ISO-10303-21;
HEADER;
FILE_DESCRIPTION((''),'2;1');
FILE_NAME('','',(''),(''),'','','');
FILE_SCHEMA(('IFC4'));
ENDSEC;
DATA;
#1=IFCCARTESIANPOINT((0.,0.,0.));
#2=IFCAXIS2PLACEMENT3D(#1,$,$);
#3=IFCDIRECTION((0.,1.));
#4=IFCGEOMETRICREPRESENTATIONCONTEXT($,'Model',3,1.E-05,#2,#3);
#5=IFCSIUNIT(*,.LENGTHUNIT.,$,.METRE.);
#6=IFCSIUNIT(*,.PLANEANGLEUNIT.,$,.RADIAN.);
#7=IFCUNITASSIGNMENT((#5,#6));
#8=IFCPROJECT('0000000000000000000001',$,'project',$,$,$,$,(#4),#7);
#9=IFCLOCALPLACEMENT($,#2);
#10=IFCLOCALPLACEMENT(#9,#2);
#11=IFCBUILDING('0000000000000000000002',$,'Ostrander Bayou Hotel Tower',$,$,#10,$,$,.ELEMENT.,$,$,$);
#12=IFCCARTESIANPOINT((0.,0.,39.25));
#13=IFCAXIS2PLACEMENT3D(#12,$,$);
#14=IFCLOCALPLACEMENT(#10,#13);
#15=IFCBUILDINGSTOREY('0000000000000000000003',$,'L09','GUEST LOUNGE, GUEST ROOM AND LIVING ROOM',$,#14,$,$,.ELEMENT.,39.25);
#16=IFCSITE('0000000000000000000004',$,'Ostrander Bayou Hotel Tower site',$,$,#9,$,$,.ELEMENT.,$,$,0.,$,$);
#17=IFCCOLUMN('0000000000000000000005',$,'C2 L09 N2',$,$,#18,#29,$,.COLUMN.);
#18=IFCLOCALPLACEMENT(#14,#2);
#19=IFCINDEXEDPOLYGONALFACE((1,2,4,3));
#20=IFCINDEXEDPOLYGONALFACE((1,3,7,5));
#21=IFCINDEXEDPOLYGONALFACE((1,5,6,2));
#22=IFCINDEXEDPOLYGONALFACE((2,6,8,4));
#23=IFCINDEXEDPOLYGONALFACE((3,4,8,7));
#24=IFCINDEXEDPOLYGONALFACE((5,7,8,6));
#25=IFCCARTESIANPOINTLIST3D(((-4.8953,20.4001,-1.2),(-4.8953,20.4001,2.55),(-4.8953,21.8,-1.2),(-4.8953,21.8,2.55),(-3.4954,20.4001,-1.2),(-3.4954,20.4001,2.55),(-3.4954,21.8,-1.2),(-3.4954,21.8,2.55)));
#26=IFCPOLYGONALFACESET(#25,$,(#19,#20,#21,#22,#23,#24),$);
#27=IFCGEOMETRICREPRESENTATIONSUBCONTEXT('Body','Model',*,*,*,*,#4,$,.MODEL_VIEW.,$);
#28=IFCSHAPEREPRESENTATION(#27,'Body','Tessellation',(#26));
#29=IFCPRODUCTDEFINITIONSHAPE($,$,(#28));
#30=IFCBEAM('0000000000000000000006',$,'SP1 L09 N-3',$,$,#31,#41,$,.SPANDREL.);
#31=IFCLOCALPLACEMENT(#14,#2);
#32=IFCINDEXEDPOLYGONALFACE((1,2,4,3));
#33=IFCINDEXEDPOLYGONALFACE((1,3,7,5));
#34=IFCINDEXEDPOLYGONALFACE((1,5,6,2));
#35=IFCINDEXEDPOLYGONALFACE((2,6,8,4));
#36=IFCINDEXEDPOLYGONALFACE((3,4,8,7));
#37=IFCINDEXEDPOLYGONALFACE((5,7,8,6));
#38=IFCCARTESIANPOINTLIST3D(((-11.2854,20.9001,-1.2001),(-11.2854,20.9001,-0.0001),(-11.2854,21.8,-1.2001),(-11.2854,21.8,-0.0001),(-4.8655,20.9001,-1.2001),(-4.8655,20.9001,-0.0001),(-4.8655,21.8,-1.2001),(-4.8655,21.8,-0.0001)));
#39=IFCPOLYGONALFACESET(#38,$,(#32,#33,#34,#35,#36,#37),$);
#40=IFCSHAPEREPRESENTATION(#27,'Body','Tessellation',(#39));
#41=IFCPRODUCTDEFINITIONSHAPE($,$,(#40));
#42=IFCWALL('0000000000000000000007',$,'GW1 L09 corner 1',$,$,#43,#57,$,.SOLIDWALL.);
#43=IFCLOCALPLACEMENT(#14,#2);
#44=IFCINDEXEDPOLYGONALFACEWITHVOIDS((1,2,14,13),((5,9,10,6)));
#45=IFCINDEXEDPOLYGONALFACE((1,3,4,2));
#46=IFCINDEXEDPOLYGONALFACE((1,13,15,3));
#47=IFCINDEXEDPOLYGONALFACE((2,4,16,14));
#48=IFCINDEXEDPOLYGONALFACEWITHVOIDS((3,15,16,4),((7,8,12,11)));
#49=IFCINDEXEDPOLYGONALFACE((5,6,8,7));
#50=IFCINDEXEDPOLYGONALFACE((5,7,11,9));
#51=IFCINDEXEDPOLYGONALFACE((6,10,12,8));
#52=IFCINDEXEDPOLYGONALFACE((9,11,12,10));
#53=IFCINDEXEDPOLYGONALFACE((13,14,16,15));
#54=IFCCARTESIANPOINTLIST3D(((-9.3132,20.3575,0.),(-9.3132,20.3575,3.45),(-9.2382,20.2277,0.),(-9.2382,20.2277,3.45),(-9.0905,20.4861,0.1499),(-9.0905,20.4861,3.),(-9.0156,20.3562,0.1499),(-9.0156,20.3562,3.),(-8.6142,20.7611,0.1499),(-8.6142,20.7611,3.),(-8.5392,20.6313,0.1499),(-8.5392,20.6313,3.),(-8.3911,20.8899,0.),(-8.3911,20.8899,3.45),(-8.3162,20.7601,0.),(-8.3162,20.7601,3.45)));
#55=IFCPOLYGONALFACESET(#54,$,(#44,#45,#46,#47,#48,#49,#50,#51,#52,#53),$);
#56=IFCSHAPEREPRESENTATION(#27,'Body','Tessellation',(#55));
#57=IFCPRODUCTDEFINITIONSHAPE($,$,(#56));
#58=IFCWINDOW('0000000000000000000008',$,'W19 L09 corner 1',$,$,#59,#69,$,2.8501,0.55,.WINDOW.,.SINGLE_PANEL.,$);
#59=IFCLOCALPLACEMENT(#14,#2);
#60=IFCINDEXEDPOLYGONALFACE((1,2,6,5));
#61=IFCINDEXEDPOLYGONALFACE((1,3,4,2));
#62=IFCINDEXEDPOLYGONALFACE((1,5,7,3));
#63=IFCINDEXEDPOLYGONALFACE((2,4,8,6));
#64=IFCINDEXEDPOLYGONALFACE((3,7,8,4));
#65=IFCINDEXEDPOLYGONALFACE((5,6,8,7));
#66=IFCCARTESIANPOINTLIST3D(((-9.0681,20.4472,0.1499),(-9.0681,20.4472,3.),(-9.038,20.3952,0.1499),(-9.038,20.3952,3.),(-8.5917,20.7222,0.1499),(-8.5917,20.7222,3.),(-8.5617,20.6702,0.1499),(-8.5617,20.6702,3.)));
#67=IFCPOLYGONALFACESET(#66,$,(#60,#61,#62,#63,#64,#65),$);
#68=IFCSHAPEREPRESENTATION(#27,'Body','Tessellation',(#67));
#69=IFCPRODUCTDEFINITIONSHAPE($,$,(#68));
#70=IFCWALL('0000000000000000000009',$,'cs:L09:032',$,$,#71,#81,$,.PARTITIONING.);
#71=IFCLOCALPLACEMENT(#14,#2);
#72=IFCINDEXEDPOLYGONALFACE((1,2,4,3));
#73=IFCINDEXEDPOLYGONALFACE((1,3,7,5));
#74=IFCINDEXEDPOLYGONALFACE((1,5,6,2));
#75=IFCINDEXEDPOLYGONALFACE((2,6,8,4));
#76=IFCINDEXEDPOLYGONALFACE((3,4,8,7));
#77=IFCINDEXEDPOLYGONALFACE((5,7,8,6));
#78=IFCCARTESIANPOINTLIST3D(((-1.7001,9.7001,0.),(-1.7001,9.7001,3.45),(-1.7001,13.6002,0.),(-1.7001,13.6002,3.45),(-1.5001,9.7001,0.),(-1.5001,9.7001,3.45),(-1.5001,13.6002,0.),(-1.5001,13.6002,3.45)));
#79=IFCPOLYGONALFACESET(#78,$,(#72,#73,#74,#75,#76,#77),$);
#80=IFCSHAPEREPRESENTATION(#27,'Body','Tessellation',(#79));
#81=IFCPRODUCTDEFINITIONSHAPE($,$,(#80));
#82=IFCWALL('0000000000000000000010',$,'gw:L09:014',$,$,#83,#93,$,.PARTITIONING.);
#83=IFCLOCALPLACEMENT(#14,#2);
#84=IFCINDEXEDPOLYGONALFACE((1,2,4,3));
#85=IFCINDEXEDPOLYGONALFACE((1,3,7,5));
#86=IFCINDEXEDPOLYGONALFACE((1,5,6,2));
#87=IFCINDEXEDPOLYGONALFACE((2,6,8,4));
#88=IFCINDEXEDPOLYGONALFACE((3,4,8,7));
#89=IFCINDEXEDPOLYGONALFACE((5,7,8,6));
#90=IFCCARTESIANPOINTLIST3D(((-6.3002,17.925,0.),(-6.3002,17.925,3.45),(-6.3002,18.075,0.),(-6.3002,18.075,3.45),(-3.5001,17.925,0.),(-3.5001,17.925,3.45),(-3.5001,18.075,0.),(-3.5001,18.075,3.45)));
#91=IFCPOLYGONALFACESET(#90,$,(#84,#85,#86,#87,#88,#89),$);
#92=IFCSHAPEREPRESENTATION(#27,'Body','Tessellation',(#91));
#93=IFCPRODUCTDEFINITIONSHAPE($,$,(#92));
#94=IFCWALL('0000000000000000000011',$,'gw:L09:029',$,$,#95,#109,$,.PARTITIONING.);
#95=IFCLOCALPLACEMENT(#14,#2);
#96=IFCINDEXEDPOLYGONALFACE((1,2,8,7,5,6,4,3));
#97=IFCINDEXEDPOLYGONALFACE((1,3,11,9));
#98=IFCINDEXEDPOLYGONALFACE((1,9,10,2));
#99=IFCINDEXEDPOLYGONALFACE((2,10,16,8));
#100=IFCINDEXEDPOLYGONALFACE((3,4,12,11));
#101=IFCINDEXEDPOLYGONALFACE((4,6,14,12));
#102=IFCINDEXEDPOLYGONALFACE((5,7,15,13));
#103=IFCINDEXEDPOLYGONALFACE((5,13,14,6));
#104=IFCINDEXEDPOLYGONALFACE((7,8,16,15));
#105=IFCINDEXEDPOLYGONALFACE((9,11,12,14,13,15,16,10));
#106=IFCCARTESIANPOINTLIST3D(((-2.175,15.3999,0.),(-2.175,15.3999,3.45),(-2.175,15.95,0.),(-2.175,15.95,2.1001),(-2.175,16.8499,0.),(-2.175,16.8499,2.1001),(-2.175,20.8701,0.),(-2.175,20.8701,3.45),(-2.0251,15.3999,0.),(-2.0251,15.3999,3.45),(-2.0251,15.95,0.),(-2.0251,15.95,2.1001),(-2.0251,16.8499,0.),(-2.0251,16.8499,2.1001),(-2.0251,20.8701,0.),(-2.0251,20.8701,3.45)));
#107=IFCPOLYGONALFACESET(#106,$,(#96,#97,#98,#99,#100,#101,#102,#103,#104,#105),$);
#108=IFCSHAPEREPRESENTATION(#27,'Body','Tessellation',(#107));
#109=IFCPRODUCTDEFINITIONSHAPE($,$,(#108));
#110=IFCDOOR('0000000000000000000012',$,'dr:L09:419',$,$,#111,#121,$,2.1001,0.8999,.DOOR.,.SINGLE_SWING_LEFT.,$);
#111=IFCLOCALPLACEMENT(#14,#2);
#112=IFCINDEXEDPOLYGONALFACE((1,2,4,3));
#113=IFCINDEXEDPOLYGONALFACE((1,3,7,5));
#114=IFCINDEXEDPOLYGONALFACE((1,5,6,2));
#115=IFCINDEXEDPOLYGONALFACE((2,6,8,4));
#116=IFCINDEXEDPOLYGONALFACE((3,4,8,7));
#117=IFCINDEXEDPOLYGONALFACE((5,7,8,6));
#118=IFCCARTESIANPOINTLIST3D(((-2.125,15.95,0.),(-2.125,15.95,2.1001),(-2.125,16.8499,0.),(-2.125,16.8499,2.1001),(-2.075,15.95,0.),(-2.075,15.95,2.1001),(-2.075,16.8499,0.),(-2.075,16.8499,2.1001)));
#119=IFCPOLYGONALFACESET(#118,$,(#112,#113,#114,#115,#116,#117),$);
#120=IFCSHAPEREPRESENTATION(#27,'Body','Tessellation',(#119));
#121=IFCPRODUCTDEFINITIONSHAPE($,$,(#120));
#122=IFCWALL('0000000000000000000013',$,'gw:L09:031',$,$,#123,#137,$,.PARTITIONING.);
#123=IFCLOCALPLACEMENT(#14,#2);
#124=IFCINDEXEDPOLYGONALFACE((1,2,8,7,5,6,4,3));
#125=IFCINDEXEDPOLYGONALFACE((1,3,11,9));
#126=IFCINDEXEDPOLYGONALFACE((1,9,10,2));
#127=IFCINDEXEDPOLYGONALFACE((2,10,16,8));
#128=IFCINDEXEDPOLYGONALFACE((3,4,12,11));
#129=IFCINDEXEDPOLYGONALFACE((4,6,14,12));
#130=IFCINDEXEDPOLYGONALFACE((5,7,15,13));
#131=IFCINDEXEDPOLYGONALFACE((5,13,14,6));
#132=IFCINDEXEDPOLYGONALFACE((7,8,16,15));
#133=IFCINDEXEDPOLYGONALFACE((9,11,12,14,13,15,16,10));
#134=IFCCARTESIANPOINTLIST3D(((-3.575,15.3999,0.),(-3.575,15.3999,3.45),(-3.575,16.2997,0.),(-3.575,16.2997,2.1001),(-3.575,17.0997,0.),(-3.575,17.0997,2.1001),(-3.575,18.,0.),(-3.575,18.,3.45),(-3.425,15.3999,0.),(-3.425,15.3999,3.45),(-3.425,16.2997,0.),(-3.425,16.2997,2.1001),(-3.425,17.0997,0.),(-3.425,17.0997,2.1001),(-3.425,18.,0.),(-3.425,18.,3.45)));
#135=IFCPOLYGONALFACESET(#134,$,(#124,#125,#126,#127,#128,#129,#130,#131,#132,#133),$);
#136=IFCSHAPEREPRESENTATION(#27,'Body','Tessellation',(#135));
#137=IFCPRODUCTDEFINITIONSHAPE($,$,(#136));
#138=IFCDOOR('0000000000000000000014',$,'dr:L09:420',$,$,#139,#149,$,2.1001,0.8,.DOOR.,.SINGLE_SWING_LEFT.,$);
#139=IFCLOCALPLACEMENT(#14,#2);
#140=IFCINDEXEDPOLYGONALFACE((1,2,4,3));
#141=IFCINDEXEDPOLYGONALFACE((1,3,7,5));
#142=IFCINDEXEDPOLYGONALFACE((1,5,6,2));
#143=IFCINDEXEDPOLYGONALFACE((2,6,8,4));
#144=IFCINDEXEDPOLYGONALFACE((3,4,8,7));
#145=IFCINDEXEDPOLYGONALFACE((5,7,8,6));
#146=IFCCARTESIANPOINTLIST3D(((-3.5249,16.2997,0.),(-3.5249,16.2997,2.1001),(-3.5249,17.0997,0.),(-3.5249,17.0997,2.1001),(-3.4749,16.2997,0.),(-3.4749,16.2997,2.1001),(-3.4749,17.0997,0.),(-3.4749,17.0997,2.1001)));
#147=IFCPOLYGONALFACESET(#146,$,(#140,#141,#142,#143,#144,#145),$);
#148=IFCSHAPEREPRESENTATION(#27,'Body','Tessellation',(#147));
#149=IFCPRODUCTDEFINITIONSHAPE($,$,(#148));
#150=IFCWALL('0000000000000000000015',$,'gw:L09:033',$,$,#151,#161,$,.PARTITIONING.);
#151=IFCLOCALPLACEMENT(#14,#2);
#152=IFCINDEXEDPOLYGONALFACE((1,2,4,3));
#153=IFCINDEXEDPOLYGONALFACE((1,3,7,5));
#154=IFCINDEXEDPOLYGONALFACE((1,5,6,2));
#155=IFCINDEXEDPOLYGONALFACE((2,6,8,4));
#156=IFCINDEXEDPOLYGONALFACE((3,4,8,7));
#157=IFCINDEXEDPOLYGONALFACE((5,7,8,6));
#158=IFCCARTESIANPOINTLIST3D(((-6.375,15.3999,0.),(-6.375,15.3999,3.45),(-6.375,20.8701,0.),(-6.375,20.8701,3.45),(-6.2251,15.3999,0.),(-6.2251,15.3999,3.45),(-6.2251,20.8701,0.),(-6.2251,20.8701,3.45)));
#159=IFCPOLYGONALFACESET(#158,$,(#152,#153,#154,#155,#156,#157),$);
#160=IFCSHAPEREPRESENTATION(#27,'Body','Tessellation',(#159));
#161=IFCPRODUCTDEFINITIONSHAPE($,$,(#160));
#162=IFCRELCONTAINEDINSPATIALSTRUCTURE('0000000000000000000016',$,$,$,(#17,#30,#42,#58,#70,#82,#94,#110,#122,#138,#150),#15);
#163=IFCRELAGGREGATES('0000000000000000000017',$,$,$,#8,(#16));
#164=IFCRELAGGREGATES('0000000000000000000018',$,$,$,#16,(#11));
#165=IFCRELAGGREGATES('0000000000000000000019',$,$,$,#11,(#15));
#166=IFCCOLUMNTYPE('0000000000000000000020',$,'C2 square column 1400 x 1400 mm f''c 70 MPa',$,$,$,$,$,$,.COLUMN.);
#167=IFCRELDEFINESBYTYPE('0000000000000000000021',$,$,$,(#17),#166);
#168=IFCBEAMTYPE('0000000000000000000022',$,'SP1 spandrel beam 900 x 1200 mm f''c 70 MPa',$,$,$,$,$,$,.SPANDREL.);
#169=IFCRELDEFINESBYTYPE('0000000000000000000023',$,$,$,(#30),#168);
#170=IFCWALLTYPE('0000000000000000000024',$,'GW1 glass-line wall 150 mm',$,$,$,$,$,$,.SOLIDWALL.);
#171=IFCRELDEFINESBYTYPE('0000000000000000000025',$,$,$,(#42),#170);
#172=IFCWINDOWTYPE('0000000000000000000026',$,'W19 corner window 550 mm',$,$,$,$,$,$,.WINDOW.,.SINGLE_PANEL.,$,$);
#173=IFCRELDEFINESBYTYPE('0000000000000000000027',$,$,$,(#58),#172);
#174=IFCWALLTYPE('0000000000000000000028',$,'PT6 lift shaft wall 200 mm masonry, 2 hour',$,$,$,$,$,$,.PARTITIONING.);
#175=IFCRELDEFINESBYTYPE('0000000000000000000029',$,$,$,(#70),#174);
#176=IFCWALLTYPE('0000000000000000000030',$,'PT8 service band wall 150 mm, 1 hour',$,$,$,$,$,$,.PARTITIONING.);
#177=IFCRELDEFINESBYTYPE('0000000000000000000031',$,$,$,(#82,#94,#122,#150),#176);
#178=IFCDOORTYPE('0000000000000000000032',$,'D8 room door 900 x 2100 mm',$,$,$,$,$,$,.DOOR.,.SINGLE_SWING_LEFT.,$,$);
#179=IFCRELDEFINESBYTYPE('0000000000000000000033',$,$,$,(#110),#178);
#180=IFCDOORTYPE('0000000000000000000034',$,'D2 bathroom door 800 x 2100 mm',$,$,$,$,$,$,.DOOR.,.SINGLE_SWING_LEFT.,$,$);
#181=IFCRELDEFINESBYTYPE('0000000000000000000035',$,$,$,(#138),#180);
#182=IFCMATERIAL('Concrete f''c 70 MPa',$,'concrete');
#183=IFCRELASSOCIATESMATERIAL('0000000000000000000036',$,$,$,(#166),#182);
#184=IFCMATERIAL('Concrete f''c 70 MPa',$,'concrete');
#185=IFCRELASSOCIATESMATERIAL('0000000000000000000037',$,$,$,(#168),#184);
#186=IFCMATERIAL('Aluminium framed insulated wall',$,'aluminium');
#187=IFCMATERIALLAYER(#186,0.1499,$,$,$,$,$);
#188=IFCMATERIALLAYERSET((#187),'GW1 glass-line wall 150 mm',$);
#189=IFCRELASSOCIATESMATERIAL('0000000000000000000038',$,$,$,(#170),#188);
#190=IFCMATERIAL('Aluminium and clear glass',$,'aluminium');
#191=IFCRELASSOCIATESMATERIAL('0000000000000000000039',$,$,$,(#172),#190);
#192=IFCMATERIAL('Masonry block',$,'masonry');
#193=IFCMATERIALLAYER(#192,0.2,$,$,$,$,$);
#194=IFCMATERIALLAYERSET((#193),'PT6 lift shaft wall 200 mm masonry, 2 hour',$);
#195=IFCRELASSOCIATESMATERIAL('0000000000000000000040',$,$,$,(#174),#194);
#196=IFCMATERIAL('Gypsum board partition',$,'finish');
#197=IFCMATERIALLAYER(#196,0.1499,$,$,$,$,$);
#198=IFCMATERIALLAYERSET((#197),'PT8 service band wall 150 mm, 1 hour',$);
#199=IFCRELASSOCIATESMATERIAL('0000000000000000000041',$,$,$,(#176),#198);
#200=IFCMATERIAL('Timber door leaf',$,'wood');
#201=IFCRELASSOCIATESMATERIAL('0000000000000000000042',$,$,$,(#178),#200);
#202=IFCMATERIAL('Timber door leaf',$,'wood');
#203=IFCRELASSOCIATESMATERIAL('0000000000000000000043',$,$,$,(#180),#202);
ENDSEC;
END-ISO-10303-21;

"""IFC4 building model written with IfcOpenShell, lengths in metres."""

from ifc_helpers import new_model, si_unit, direction, frame, frame_2d, origin, origin_2d, place, context, subcontext, project, spatial, rectangle, extrude, material, layer, layer_set, material_profile, profile_set, type_object, element, fill, save


model = new_model("IFC4")

# Units and contexts
model_context = context("Model", 3, precision=1e-05, world=origin(), true_north=direction((0.0, 1.0)))
body_context = subcontext(model_context, "Body", "Model", "MODEL_VIEW")
ifc_project = project(units=[si_unit("LENGTHUNIT", "METRE"), si_unit("PLANEANGLEUNIT", "RADIAN")], contexts=[model_context])

# Site, building, storey
site_placement = place(None, origin())
site = spatial("IfcSite", under=ifc_project, at=site_placement, Name="Ostrander Bayou Hotel Tower site", CompositionType="ELEMENT", RefElevation=0.0)
building_placement = place(site_placement, origin())
building = spatial("IfcBuilding", under=site, at=building_placement, Name="Ostrander Bayou Hotel Tower", CompositionType="ELEMENT")
storey_placement = place(building_placement, frame((0.0, 0.0, 39.25)))
storey = spatial("IfcBuildingStorey", under=building, at=storey_placement, Name="L09", Description="GUEST LOUNGE, GUEST ROOM AND LIVING ROOM", CompositionType="ELEMENT", Elevation=39.25)

# Column
ifc_material_1 = material(Name="Concrete f'c 70 MPa", Category="concrete")
ifc_material_profile_1 = material_profile(ifc_material_1, rectangle(XDim=1.3999, YDim=1.3999, at=origin_2d()))
ifc_profile_set_1 = profile_set([ifc_material_profile_1], Name="Concrete f'c 70 MPa")
column_type = type_object("IfcColumnType", Name="C2 square column 1400 x 1400 mm f'c 70 MPa", PredefinedType="COLUMN", material=ifc_profile_set_1)
column_placement = place(storey_placement, frame((-4.1953, 21.1001, -1.2), z_axis=(0.0, 0.0, 1.0), x_axis=(1.0, 0.0, 0.0)))
element("IfcColumn", 1, at=column_placement, inside=storey, type_object=column_type, Name="C2 L09 N2", PredefinedType="COLUMN", context=body_context, shape_type="SweptSolid", body=[
    extrude(rectangle(XDim=1.3999, YDim=1.3999, at=origin_2d()), origin(), (0.0, 0.0, 1.0), 3.75),
])

# Beam
ifc_material_2 = material(Name="Concrete f'c 70 MPa", Category="concrete")
ifc_material_profile_2 = material_profile(ifc_material_2, rectangle(XDim=0.8999, YDim=1.2, at=origin_2d()))
ifc_profile_set_2 = profile_set([ifc_material_profile_2], Name="Concrete f'c 70 MPa")
beam_type = type_object("IfcBeamType", Name="SP1 spandrel beam 900 x 1200 mm f'c 70 MPa", PredefinedType="SPANDREL", material=ifc_profile_set_2)
beam_placement = place(storey_placement, frame((-4.8655, 21.3501, -0.6001), z_axis=(-1.0, 0.0, 0.0), x_axis=(0.0, -1.0, 0.0)))
element("IfcBeam", 2, at=beam_placement, inside=storey, type_object=beam_type, Name="SP1 L09 N-3", PredefinedType="SPANDREL", context=body_context, shape_type="SweptSolid", body=[
    extrude(rectangle(XDim=0.8999, YDim=1.2, at=origin_2d()), origin(), (0.0, 0.0, 1.0), 6.4199),
])

# Wall, opening, window
ifc_material_3 = material(Name="Aluminium framed insulated wall", Category="aluminium")
ifc_layer_1 = layer(ifc_material_3, 0.1499)
ifc_layer_set_1 = layer_set([ifc_layer_1], Name="GW1 glass-line wall 150 mm")
wall_type_1 = type_object("IfcWallType", Name="GW1 glass-line wall 150 mm", PredefinedType="SOLIDWALL", material=ifc_layer_set_1)
wall_1_placement = place(storey_placement, frame((-8.3538, 20.825, 0.0), z_axis=(0.0, 0.0, 1.0), x_axis=(-0.865991, -0.50006, 0.0)))
wall_1 = element("IfcWall", 3, at=wall_1_placement, inside=storey, type_object=wall_type_1, Name="GW1 L09 corner 1", PredefinedType="SOLIDWALL", context=body_context, shape_type="SweptSolid", body=[
    extrude(rectangle(XDim=1.0647, YDim=0.1499, at=frame_2d((0.5322, 0.0))), origin(), (0.0, 0.0, 1.0), 3.45),
])
opening_1_placement = place(wall_1_placement, frame((0.2576, 0.0, 0.1499)))
opening_1 = element("IfcOpeningElement", 4, at=opening_1_placement, cuts=wall_1, PredefinedType="OPENING", context=body_context, shape_type="SweptSolid", body=[
    extrude(rectangle(XDim=0.55, YDim=2.8501, at=frame_2d((0.2749, 1.425))), frame((0.0, 0.075, 0.0), z_axis=(0.0, -1.0, 0.0), x_axis=(1.0, 0.0, 0.0)), (0.0, 0.0, 1.0), 0.1499),
])
ifc_material_4 = material(Name="Aluminium and clear glass", Category="aluminium")
window_type_1 = type_object("IfcWindowType", Name="W19 corner window 550 mm", PartitioningType="SINGLE_PANEL", PredefinedType="WINDOW", material=ifc_material_4)
window_1_placement = place(opening_1_placement, origin())
window_1 = element("IfcWindow", 5, at=window_1_placement, inside=storey, type_object=window_type_1, Name="W19 L09 corner 1", OverallHeight=2.8501, OverallWidth=0.55, PartitioningType="SINGLE_PANEL", PredefinedType="WINDOW", context=body_context, shape_type="SweptSolid", body=[
    extrude(rectangle(XDim=0.55, YDim=2.8501, at=frame_2d((0.2749, 1.425))), frame((0.0, 0.03, 0.0), z_axis=(0.0, -1.0, 0.0), x_axis=(1.0, 0.0, 0.0)), (0.0, 0.0, 1.0), 0.0601),
])
fill(opening_1, window_1)

# Walls
ifc_material_5 = material(Name="Masonry block", Category="masonry")
ifc_layer_2 = layer(ifc_material_5, 0.2)
ifc_layer_set_2 = layer_set([ifc_layer_2], Name="PT6 lift shaft wall 200 mm masonry, 2 hour")
wall_type_2 = type_object("IfcWallType", Name="PT6 lift shaft wall 200 mm masonry, 2 hour", PredefinedType="PARTITIONING", material=ifc_layer_set_2)
wall_2_placement = place(storey_placement, frame((-1.6001, 9.7, 0.0), z_axis=(0.0, 0.0, 1.0), x_axis=(0.0, 1.0, 0.0)))
element("IfcWall", 6, at=wall_2_placement, inside=storey, type_object=wall_type_2, Name="cs:L09:032", PredefinedType="PARTITIONING", context=body_context, shape_type="SweptSolid", body=[
    extrude(rectangle(XDim=3.9001, YDim=0.2, at=frame_2d((1.9502, 0.0))), origin(), (0.0, 0.0, 1.0), 3.45),
])
ifc_material_6 = material(Name="Gypsum board partition", Category="finish")
ifc_layer_3 = layer(ifc_material_6, 0.1499)
ifc_layer_set_3 = layer_set([ifc_layer_3], Name="PT8 service band wall 150 mm, 1 hour")
wall_type_3 = type_object("IfcWallType", Name="PT8 service band wall 150 mm, 1 hour", PredefinedType="PARTITIONING", material=ifc_layer_set_3)
wall_3_placement = place(storey_placement, frame((-6.3, 18.0, 0.0), z_axis=(0.0, 0.0, 1.0), x_axis=(1.0, 0.0, 0.0)))
element("IfcWall", 7, at=wall_3_placement, inside=storey, type_object=wall_type_3, Name="gw:L09:014", PredefinedType="PARTITIONING", context=body_context, shape_type="SweptSolid", body=[
    extrude(rectangle(XDim=2.8, YDim=0.1499, at=frame_2d((1.3999, 0.0))), origin(), (0.0, 0.0, 1.0), 3.45),
])

# Walls, openings, doors
wall_4_placement = place(storey_placement, frame((-2.1001, 15.3999, 0.0), z_axis=(0.0, 0.0, 1.0), x_axis=(0.0, 1.0, 0.0)))
wall_4 = element("IfcWall", 8, at=wall_4_placement, inside=storey, type_object=wall_type_3, Name="gw:L09:029", PredefinedType="PARTITIONING", context=body_context, shape_type="SweptSolid", body=[
    extrude(rectangle(XDim=5.4702, YDim=0.1499, at=frame_2d((2.7351, 0.0))), origin(), (0.0, 0.0, 1.0), 3.45),
])
opening_2_placement = place(wall_4_placement, frame((0.55, 0.0, 0.0)))
opening_2 = element("IfcOpeningElement", 9, at=opening_2_placement, cuts=wall_4, PredefinedType="OPENING", context=body_context, shape_type="SweptSolid", body=[
    extrude(rectangle(XDim=0.8999, YDim=2.1001, at=frame_2d((0.45, 1.05))), frame((0.0, 0.075, 0.0), z_axis=(0.0, -1.0, 0.0), x_axis=(1.0, 0.0, 0.0)), (0.0, 0.0, 1.0), 0.1499),
])
ifc_material_7 = material(Name="Timber door leaf", Category="wood")
door_type_1 = type_object("IfcDoorType", Name="D8 room door 900 x 2100 mm", OperationType="SINGLE_SWING_LEFT", PredefinedType="DOOR", material=ifc_material_7)
door_1_placement = place(opening_2_placement, origin())
door_1 = element("IfcDoor", 10, at=door_1_placement, inside=storey, type_object=door_type_1, Name="dr:L09:419", OperationType="SINGLE_SWING_LEFT", OverallHeight=2.1001, OverallWidth=0.8999, PredefinedType="DOOR", context=body_context, shape_type="SweptSolid", body=[
    extrude(rectangle(XDim=0.8999, YDim=2.1001, at=frame_2d((0.45, 1.05))), frame((0.0, 0.0249, 0.0), z_axis=(0.0, -1.0, 0.0), x_axis=(1.0, 0.0, 0.0)), (0.0, 0.0, 1.0), 0.05),
])
fill(opening_2, door_1)
wall_5_placement = place(storey_placement, frame((-3.5, 15.3999, 0.0), z_axis=(0.0, 0.0, 1.0), x_axis=(0.0, 1.0, 0.0)))
wall_5 = element("IfcWall", 11, at=wall_5_placement, inside=storey, type_object=wall_type_3, Name="gw:L09:031", PredefinedType="PARTITIONING", context=body_context, shape_type="SweptSolid", body=[
    extrude(rectangle(XDim=2.6001, YDim=0.1499, at=frame_2d((1.3, 0.0))), origin(), (0.0, 0.0, 1.0), 3.45),
])
opening_3_placement = place(wall_5_placement, frame((0.8999, 0.0, 0.0)))
opening_3 = element("IfcOpeningElement", 12, at=opening_3_placement, cuts=wall_5, PredefinedType="OPENING", context=body_context, shape_type="SweptSolid", body=[
    extrude(rectangle(XDim=0.8, YDim=2.1001, at=frame_2d((0.3999, 1.05))), frame((0.0, 0.075, 0.0), z_axis=(0.0, -1.0, 0.0), x_axis=(1.0, 0.0, 0.0)), (0.0, 0.0, 1.0), 0.1499),
])
ifc_material_8 = material(Name="Timber door leaf", Category="wood")
door_type_2 = type_object("IfcDoorType", Name="D2 bathroom door 800 x 2100 mm", OperationType="SINGLE_SWING_LEFT", PredefinedType="DOOR", material=ifc_material_8)
door_2_placement = place(opening_3_placement, origin())
door_2 = element("IfcDoor", 13, at=door_2_placement, inside=storey, type_object=door_type_2, Name="dr:L09:420", OperationType="SINGLE_SWING_LEFT", OverallHeight=2.1001, OverallWidth=0.8, PredefinedType="DOOR", context=body_context, shape_type="SweptSolid", body=[
    extrude(rectangle(XDim=0.8, YDim=2.1001, at=frame_2d((0.3999, 1.05))), frame((0.0, 0.0249, 0.0), z_axis=(0.0, -1.0, 0.0), x_axis=(1.0, 0.0, 0.0)), (0.0, 0.0, 1.0), 0.05),
])
fill(opening_3, door_2)

# Wall
wall_6_placement = place(storey_placement, frame((-6.3, 15.3999, 0.0), z_axis=(0.0, 0.0, 1.0), x_axis=(0.0, 1.0, 0.0)))
element("IfcWall", 14, at=wall_6_placement, inside=storey, type_object=wall_type_3, Name="gw:L09:033", PredefinedType="PARTITIONING", context=body_context, shape_type="SweptSolid", body=[
    extrude(rectangle(XDim=5.4702, YDim=0.1499, at=frame_2d((2.7351, 0.0))), origin(), (0.0, 0.0, 1.0), 3.45),
])

save(model, "model.ifc")
